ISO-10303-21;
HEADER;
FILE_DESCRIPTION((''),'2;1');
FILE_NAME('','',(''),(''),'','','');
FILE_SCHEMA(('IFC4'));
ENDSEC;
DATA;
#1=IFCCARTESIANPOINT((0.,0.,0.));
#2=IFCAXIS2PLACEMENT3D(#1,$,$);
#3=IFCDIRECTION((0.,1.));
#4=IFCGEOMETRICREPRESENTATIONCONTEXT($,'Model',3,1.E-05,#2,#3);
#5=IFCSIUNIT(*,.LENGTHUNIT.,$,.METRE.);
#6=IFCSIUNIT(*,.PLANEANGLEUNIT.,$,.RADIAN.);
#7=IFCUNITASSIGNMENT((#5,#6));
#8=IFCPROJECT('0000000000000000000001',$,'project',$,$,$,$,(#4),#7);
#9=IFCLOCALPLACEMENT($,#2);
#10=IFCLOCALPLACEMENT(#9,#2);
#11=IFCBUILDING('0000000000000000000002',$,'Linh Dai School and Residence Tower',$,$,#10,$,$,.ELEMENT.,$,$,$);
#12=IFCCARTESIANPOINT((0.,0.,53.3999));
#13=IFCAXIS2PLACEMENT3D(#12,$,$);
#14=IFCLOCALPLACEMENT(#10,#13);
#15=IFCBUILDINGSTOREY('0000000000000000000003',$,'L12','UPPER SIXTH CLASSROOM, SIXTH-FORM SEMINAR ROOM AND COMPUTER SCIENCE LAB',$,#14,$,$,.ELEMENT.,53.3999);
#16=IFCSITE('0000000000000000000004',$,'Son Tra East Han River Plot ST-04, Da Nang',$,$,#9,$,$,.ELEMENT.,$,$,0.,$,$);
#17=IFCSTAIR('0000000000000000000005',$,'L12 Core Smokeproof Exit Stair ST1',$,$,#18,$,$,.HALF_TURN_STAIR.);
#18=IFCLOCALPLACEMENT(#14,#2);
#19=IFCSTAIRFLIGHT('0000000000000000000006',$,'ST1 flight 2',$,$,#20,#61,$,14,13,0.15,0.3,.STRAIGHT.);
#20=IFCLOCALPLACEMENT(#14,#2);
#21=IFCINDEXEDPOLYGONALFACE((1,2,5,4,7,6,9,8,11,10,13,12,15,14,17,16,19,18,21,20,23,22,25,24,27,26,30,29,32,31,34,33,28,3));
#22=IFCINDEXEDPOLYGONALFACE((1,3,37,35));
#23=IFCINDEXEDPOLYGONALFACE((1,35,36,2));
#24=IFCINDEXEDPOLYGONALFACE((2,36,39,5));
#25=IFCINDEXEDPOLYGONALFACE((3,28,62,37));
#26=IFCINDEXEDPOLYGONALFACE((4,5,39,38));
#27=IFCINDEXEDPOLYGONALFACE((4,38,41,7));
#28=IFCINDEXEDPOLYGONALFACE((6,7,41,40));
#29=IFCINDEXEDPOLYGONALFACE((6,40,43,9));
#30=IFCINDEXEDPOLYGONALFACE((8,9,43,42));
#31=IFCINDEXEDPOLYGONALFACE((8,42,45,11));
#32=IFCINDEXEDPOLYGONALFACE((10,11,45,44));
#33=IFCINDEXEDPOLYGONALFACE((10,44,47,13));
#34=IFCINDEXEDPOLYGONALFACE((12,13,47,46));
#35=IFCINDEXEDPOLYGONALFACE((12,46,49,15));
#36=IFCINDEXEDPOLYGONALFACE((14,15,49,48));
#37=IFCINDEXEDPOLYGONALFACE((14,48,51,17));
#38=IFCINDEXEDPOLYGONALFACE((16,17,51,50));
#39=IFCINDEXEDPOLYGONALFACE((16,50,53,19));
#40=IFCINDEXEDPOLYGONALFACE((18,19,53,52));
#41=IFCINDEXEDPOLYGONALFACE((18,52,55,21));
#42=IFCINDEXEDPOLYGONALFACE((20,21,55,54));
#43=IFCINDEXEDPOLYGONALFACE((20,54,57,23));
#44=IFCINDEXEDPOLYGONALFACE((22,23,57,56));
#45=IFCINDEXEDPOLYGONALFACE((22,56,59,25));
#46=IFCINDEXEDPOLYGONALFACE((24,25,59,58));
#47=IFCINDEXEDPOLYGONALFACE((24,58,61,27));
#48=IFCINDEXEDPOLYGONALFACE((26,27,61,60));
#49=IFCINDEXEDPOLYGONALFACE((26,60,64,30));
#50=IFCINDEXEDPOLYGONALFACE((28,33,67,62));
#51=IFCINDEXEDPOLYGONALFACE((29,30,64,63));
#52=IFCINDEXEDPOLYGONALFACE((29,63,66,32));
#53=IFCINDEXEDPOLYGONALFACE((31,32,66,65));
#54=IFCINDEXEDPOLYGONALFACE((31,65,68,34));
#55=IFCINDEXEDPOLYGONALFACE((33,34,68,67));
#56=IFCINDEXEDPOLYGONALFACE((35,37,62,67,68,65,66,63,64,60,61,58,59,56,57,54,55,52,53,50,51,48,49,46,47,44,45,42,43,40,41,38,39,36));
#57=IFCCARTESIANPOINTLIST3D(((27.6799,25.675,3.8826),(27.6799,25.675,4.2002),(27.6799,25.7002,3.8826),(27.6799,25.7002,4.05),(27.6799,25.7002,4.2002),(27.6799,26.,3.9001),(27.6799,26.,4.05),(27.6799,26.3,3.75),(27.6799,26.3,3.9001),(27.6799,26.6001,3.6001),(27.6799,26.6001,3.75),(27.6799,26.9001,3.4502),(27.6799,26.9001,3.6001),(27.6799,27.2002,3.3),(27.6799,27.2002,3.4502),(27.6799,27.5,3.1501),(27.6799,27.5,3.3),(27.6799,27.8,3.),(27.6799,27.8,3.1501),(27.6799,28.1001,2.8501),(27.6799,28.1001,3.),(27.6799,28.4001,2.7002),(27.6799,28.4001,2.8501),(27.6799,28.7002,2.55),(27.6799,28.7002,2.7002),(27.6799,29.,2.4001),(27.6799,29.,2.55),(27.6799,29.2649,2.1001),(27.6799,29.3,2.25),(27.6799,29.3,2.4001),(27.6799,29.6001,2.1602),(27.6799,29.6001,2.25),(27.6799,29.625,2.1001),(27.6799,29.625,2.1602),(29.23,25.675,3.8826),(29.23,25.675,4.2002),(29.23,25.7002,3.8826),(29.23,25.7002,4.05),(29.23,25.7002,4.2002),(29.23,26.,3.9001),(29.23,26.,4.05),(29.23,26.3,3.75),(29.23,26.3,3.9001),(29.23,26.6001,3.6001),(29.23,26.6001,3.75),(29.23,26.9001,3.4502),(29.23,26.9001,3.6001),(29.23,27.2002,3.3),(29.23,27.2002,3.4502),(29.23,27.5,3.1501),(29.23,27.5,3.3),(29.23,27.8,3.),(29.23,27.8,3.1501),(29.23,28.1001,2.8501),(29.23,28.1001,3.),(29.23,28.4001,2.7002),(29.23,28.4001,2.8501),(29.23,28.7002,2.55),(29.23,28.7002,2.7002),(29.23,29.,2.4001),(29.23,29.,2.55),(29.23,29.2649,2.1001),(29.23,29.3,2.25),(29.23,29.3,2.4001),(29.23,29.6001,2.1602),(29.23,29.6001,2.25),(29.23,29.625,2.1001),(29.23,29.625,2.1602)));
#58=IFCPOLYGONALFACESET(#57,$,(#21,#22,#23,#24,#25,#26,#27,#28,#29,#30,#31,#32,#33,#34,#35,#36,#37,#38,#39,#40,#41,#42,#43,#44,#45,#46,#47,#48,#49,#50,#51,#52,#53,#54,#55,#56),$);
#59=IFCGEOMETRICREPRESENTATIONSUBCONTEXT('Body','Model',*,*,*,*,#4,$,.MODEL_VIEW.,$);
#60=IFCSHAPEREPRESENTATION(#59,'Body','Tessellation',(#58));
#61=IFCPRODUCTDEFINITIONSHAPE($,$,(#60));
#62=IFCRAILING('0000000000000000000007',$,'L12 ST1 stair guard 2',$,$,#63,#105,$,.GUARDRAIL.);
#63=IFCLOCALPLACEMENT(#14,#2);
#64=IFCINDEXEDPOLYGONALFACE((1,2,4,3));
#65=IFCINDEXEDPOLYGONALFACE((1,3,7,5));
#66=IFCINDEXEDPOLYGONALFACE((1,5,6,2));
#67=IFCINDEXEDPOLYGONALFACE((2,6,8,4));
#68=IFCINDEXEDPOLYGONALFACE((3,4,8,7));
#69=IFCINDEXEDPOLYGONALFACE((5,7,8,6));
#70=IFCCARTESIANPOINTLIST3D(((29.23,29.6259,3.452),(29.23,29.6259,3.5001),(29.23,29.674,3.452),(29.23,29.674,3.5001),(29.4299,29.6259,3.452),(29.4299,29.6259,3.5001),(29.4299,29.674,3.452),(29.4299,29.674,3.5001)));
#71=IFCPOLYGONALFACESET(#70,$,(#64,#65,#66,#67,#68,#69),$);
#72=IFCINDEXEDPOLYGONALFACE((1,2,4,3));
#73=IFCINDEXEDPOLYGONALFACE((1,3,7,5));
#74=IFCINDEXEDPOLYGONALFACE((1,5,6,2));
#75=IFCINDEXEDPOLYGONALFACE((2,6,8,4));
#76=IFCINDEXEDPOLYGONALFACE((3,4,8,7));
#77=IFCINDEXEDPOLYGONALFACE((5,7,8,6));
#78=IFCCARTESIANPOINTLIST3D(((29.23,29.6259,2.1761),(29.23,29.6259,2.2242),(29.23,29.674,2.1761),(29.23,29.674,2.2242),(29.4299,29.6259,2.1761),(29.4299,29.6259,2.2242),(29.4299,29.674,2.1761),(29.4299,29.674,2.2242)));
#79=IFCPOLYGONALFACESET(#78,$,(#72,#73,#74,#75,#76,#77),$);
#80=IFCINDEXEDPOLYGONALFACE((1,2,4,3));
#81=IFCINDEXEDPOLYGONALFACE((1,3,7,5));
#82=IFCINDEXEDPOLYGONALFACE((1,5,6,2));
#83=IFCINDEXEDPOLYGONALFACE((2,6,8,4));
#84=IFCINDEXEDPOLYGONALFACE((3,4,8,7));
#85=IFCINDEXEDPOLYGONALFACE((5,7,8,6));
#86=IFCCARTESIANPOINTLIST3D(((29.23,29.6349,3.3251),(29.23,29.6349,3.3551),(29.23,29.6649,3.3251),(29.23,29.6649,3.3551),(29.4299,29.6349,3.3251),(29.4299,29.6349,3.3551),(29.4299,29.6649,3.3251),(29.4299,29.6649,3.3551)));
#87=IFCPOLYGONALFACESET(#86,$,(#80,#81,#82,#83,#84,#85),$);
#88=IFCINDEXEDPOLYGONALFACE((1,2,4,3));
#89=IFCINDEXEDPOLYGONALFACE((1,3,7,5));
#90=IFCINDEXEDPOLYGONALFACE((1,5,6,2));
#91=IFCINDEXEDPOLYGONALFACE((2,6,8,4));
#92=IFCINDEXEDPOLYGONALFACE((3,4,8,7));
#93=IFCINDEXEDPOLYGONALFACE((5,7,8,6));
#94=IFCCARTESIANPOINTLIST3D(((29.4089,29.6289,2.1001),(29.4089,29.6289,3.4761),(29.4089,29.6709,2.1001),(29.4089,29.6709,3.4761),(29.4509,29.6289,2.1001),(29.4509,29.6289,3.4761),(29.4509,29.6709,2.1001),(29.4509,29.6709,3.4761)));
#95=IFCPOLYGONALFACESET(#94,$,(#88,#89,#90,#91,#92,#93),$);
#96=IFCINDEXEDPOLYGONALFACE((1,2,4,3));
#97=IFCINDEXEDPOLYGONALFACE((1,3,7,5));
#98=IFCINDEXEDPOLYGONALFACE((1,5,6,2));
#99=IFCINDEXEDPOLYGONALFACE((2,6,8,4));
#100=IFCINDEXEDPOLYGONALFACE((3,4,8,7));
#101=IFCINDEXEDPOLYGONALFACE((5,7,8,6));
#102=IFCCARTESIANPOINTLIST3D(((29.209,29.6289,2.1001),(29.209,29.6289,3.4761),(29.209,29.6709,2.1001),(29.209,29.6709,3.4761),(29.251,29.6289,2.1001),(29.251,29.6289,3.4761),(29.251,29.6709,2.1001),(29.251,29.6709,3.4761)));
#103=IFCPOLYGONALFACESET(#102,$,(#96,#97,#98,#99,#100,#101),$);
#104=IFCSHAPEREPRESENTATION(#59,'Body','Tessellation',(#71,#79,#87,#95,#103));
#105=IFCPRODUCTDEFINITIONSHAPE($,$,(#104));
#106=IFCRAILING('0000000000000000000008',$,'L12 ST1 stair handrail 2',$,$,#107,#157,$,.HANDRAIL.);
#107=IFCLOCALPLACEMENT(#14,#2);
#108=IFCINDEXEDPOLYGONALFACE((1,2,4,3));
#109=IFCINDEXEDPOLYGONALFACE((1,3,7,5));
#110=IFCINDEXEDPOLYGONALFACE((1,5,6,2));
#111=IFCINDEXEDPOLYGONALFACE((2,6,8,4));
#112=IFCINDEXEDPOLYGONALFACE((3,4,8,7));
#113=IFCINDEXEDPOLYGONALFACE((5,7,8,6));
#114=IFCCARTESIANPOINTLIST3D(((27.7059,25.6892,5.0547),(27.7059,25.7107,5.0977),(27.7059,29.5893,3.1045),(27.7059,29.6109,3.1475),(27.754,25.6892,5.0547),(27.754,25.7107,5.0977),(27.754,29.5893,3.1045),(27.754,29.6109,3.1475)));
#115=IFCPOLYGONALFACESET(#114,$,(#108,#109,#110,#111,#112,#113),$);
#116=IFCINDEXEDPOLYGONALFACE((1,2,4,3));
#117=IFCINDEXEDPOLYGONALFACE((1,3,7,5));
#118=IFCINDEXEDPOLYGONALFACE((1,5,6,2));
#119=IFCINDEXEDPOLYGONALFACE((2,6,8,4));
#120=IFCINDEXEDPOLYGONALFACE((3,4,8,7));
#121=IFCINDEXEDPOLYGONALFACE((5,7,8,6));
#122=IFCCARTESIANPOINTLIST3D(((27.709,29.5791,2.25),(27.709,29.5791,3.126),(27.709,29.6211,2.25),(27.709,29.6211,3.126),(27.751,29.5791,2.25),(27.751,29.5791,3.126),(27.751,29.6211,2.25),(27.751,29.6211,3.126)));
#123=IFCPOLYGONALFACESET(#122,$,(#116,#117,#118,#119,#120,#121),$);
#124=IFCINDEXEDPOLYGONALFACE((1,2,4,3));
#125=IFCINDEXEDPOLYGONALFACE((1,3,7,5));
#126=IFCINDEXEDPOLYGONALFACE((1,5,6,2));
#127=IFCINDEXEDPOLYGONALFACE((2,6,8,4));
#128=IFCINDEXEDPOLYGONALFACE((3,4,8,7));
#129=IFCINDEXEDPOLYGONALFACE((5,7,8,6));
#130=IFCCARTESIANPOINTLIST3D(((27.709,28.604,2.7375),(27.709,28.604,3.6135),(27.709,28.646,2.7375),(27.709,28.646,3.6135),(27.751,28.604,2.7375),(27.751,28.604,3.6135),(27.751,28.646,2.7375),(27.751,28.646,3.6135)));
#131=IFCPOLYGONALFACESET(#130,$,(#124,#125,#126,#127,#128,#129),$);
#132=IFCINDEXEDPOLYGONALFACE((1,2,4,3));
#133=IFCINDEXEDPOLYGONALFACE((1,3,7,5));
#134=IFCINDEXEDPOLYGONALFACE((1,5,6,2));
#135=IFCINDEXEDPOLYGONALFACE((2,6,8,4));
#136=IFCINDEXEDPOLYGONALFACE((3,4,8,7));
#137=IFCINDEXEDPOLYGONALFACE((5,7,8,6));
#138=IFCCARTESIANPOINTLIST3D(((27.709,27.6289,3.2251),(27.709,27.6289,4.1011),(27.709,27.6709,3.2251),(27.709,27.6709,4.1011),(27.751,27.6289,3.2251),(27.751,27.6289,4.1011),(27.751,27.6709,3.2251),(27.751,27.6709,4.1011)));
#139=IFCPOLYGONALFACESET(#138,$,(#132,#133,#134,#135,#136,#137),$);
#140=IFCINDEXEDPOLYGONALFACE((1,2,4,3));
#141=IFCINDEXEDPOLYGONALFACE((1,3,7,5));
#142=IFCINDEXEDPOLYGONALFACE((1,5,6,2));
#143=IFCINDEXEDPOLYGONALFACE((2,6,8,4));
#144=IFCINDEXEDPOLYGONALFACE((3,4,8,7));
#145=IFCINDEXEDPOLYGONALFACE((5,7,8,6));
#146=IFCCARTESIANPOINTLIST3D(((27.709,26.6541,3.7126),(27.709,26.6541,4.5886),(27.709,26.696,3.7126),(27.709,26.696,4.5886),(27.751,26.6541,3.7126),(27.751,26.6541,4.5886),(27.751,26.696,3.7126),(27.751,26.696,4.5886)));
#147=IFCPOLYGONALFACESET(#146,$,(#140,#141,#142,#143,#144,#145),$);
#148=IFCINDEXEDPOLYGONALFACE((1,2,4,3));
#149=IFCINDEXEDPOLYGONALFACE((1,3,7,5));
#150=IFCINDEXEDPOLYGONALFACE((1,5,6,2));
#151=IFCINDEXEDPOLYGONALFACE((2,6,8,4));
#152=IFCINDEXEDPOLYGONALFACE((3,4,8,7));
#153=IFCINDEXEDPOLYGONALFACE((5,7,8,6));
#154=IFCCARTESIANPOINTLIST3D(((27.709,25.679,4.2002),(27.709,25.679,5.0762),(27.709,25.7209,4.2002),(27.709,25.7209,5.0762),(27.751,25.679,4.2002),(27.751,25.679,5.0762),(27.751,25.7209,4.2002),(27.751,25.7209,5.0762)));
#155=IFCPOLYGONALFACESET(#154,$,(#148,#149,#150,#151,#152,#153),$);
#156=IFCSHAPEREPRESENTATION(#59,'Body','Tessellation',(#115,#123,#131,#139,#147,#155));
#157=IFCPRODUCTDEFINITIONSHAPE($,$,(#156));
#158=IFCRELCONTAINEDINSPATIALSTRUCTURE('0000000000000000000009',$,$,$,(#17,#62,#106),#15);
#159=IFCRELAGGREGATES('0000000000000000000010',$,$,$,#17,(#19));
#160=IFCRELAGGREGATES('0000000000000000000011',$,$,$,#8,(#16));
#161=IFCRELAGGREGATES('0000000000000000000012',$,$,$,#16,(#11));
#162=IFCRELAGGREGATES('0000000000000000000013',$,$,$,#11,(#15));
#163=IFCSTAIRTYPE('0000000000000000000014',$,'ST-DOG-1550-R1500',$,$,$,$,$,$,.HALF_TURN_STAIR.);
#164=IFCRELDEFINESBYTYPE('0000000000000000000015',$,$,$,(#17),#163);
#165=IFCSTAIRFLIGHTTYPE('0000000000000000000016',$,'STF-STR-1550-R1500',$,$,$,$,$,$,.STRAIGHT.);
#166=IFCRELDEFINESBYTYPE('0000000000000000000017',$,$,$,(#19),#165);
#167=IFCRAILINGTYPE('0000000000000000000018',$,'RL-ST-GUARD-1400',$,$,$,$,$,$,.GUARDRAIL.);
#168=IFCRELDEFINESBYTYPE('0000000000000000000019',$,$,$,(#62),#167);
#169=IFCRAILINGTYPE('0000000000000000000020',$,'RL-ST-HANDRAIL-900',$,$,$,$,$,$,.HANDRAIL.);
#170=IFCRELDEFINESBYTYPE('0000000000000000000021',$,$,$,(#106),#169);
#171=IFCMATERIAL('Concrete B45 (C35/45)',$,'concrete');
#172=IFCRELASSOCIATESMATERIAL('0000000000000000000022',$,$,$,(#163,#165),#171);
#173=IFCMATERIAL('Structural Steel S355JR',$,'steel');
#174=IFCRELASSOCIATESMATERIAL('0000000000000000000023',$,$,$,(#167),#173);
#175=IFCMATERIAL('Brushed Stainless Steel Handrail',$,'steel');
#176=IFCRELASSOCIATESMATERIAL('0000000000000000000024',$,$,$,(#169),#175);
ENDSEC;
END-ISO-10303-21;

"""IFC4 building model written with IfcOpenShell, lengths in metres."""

from ifc_helpers import new_model, si_unit, direction, frame, origin, origin_2d, place, context, subcontext, project, spatial, polyline, rectangle, outline, extrude, source, transform, mapped, material, type_object, element, aggregate, save


model = new_model("IFC4")

# Units and contexts
model_context = context("Model", 3, precision=1e-05, world=origin(), true_north=direction((0.0, 1.0)))
body_context = subcontext(model_context, "Body", "Model", "MODEL_VIEW")
ifc_project = project(units=[si_unit("LENGTHUNIT", "METRE"), si_unit("PLANEANGLEUNIT", "RADIAN")], contexts=[model_context])

# Site, building, storey
site_placement = place(None, origin())
site = spatial("IfcSite", under=ifc_project, at=site_placement, Name="Son Tra East Han River Plot ST-04, Da Nang", CompositionType="ELEMENT", RefElevation=0.0)
building_placement = place(site_placement, origin())
building = spatial("IfcBuilding", under=site, at=building_placement, Name="Linh Dai School and Residence Tower", CompositionType="ELEMENT")
storey_placement = place(building_placement, frame((0.0, 0.0, 53.3999)))
storey = spatial("IfcBuildingStorey", under=building, at=storey_placement, Name="L12", Description="UPPER SIXTH CLASSROOM, SIXTH-FORM SEMINAR ROOM AND COMPUTER SCIENCE LAB", CompositionType="ELEMENT", Elevation=53.3999)

# Shared definitions
ifc_material_1 = material(Name="Structural Steel S355JR", Category="steel")

# Shared definitions
ifc_material_2 = material(Name="Concrete B45 (C35/45)", Category="concrete")

# Stair, stair flight
stair_type = type_object("IfcStairType", Name="ST-DOG-1550-R1500", PredefinedType="HALF_TURN_STAIR", material=ifc_material_2)
stair_placement = place(storey_placement, origin())
stair = element("IfcStair", 1, at=stair_placement, inside=storey, type_object=stair_type, Name="L12 Core Smokeproof Exit Stair ST1", PredefinedType="HALF_TURN_STAIR")
stair_flight_type = type_object("IfcStairFlightType", Name="STF-STR-1550-R1500", PredefinedType="STRAIGHT", material=ifc_material_2)
shared_shape_1 = source(origin(), body_context, "Body", "SweptSolid", [
    extrude(outline(polyline([(-0.0249, 0.0), (-0.0249, 0.0601), (0.0, 0.0601), (0.0, 0.1499), (0.3, 0.1499), (0.3, 0.3), (0.6001, 0.3), (0.6001, 0.45), (0.8999, 0.45), (0.8999, 0.6001), (1.2, 0.6001), (1.2, 0.75), (1.5, 0.75), (1.5, 0.8999), (1.8, 0.8999), (1.8, 1.05), (2.1001, 1.05), (2.1001, 1.2), (2.3999, 1.2), (2.3999, 1.3501), (2.7, 1.3501), (2.7, 1.5), (3.0, 1.5), (3.0, 1.6499), (3.3, 1.6499), (3.3, 1.8), (3.6001, 1.8), (3.6001, 1.95), (3.8999, 1.95), (3.8999, 2.1001), (3.925, 2.1001), (3.925, 1.7825), (3.8999, 1.7825), (0.3352, 0.0), (-0.0249, 0.0)])), frame((0.0, 0.7749, 0.0), z_axis=(0.0, -1.0, 0.0), x_axis=(1.0, 0.0, 0.0)), (0.0, 0.0, 1.0), 1.55),
])
stair_flight_placement = place(storey_placement, frame((28.4551, 29.6001, 2.1001), z_axis=(0.0, 0.0, 1.0), x_axis=(0.0, -1.0, 0.0)))
stair_flight = element("IfcStairFlight", 2, at=stair_flight_placement, type_object=stair_flight_type, Name="ST1 flight 2", NumberOfRisers=14, NumberOfTreads=13, PredefinedType="STRAIGHT", RiserHeight=0.15, TreadLength=0.3, context=body_context, shape_type="MappedRepresentation", body=[
    mapped(shared_shape_1, transform((0.0, 0.0, 0.0), x_axis=(1.0, 0.0, 0.0), y_axis=(0.0, 1.0, 0.0), z_axis=(0.0, 0.0, 1.0), scale=1.0)),
])
aggregate(stair, [stair_flight])

# Railings
railing_type_1 = type_object("IfcRailingType", Name="RL-ST-GUARD-1400", PredefinedType="GUARDRAIL", material=ifc_material_1)
shared_shape_2 = source(origin(), body_context, "Body", "SweptSolid", [
    extrude(rectangle(XDim=0.0481, YDim=0.0481, at=origin_2d()), frame((0.0, 0.0, 1.376), z_axis=(-1.0, 0.0, 0.0), x_axis=(0.0, -1.0, 0.0)), (0.0, 0.0, 1.0), 0.2),
    extrude(rectangle(XDim=0.0481, YDim=0.0481, at=origin_2d()), frame((0.0, 0.0, 0.1001), z_axis=(-1.0, 0.0, 0.0), x_axis=(0.0, -1.0, 0.0)), (0.0, 0.0, 1.0), 0.2),
    extrude(rectangle(XDim=0.03, YDim=0.03, at=origin_2d()), frame((0.0, 0.0, 1.24), z_axis=(-1.0, 0.0, 0.0), x_axis=(0.0, -1.0, 0.0)), (0.0, 0.0, 1.0), 0.2),
    extrude(rectangle(XDim=0.042, YDim=0.042, at=origin_2d()), origin(), (0.0, 0.0, 1.0), 1.376),
    extrude(rectangle(XDim=0.042, YDim=0.042, at=origin_2d()), frame((-0.2, 0.0, 0.0)), (0.0, 0.0, 1.0), 1.376),
])
railing_1_placement = place(storey_placement, frame((29.4299, 29.6499, 2.1001)))
element("IfcRailing", 3, at=railing_1_placement, inside=storey, type_object=railing_type_1, Name="L12 ST1 stair guard 2", PredefinedType="GUARDRAIL", context=body_context, shape_type="MappedRepresentation", body=[
    mapped(shared_shape_2, transform((0.0, 0.0, 0.0), x_axis=(1.0, 0.0, 0.0), y_axis=(0.0, 1.0, 0.0), z_axis=(0.0, 0.0, 1.0), scale=1.0)),
])
ifc_material_3 = material(Name="Brushed Stainless Steel Handrail", Category="steel")
railing_type_2 = type_object("IfcRailingType", Name="RL-ST-HANDRAIL-900", PredefinedType="HANDRAIL", material=ifc_material_3)
shared_shape_3 = source(origin(), body_context, "Body", "SweptSolid", [
    extrude(rectangle(XDim=0.0481, YDim=0.0481, at=origin_2d()), frame((0.0, 0.0, 0.876), z_axis=(0.0, -0.894416, 0.447236), x_axis=(1.0, 0.0, 0.0)), (0.0, 0.0, 1.0), 4.3606),
    extrude(rectangle(XDim=0.042, YDim=0.042, at=origin_2d()), origin(), (0.0, 0.0, 1.0), 0.876),
    extrude(rectangle(XDim=0.042, YDim=0.042, at=origin_2d()), frame((0.0, -0.9751, 0.4875)), (0.0, 0.0, 1.0), 0.876),
    extrude(rectangle(XDim=0.042, YDim=0.042, at=origin_2d()), frame((0.0, -1.9502, 0.9751)), (0.0, 0.0, 1.0), 0.876),
    extrude(rectangle(XDim=0.042, YDim=0.042, at=origin_2d()), frame((0.0, -2.925, 1.4626)), (0.0, 0.0, 1.0), 0.876),
    extrude(rectangle(XDim=0.042, YDim=0.042, at=origin_2d()), frame((0.0, -3.9001, 1.9502)), (0.0, 0.0, 1.0), 0.876),
])
railing_2_placement = place(storey_placement, frame((27.73, 29.6001, 2.25)))
element("IfcRailing", 4, at=railing_2_placement, inside=storey, type_object=railing_type_2, Name="L12 ST1 stair handrail 2", PredefinedType="HANDRAIL", context=body_context, shape_type="MappedRepresentation", body=[
    mapped(shared_shape_3, transform((0.0, 0.0, 0.0), x_axis=(1.0, 0.0, 0.0), y_axis=(0.0, 1.0, 0.0), z_axis=(0.0, 0.0, 1.0), scale=1.0)),
])

save(model, "model.ifc")
